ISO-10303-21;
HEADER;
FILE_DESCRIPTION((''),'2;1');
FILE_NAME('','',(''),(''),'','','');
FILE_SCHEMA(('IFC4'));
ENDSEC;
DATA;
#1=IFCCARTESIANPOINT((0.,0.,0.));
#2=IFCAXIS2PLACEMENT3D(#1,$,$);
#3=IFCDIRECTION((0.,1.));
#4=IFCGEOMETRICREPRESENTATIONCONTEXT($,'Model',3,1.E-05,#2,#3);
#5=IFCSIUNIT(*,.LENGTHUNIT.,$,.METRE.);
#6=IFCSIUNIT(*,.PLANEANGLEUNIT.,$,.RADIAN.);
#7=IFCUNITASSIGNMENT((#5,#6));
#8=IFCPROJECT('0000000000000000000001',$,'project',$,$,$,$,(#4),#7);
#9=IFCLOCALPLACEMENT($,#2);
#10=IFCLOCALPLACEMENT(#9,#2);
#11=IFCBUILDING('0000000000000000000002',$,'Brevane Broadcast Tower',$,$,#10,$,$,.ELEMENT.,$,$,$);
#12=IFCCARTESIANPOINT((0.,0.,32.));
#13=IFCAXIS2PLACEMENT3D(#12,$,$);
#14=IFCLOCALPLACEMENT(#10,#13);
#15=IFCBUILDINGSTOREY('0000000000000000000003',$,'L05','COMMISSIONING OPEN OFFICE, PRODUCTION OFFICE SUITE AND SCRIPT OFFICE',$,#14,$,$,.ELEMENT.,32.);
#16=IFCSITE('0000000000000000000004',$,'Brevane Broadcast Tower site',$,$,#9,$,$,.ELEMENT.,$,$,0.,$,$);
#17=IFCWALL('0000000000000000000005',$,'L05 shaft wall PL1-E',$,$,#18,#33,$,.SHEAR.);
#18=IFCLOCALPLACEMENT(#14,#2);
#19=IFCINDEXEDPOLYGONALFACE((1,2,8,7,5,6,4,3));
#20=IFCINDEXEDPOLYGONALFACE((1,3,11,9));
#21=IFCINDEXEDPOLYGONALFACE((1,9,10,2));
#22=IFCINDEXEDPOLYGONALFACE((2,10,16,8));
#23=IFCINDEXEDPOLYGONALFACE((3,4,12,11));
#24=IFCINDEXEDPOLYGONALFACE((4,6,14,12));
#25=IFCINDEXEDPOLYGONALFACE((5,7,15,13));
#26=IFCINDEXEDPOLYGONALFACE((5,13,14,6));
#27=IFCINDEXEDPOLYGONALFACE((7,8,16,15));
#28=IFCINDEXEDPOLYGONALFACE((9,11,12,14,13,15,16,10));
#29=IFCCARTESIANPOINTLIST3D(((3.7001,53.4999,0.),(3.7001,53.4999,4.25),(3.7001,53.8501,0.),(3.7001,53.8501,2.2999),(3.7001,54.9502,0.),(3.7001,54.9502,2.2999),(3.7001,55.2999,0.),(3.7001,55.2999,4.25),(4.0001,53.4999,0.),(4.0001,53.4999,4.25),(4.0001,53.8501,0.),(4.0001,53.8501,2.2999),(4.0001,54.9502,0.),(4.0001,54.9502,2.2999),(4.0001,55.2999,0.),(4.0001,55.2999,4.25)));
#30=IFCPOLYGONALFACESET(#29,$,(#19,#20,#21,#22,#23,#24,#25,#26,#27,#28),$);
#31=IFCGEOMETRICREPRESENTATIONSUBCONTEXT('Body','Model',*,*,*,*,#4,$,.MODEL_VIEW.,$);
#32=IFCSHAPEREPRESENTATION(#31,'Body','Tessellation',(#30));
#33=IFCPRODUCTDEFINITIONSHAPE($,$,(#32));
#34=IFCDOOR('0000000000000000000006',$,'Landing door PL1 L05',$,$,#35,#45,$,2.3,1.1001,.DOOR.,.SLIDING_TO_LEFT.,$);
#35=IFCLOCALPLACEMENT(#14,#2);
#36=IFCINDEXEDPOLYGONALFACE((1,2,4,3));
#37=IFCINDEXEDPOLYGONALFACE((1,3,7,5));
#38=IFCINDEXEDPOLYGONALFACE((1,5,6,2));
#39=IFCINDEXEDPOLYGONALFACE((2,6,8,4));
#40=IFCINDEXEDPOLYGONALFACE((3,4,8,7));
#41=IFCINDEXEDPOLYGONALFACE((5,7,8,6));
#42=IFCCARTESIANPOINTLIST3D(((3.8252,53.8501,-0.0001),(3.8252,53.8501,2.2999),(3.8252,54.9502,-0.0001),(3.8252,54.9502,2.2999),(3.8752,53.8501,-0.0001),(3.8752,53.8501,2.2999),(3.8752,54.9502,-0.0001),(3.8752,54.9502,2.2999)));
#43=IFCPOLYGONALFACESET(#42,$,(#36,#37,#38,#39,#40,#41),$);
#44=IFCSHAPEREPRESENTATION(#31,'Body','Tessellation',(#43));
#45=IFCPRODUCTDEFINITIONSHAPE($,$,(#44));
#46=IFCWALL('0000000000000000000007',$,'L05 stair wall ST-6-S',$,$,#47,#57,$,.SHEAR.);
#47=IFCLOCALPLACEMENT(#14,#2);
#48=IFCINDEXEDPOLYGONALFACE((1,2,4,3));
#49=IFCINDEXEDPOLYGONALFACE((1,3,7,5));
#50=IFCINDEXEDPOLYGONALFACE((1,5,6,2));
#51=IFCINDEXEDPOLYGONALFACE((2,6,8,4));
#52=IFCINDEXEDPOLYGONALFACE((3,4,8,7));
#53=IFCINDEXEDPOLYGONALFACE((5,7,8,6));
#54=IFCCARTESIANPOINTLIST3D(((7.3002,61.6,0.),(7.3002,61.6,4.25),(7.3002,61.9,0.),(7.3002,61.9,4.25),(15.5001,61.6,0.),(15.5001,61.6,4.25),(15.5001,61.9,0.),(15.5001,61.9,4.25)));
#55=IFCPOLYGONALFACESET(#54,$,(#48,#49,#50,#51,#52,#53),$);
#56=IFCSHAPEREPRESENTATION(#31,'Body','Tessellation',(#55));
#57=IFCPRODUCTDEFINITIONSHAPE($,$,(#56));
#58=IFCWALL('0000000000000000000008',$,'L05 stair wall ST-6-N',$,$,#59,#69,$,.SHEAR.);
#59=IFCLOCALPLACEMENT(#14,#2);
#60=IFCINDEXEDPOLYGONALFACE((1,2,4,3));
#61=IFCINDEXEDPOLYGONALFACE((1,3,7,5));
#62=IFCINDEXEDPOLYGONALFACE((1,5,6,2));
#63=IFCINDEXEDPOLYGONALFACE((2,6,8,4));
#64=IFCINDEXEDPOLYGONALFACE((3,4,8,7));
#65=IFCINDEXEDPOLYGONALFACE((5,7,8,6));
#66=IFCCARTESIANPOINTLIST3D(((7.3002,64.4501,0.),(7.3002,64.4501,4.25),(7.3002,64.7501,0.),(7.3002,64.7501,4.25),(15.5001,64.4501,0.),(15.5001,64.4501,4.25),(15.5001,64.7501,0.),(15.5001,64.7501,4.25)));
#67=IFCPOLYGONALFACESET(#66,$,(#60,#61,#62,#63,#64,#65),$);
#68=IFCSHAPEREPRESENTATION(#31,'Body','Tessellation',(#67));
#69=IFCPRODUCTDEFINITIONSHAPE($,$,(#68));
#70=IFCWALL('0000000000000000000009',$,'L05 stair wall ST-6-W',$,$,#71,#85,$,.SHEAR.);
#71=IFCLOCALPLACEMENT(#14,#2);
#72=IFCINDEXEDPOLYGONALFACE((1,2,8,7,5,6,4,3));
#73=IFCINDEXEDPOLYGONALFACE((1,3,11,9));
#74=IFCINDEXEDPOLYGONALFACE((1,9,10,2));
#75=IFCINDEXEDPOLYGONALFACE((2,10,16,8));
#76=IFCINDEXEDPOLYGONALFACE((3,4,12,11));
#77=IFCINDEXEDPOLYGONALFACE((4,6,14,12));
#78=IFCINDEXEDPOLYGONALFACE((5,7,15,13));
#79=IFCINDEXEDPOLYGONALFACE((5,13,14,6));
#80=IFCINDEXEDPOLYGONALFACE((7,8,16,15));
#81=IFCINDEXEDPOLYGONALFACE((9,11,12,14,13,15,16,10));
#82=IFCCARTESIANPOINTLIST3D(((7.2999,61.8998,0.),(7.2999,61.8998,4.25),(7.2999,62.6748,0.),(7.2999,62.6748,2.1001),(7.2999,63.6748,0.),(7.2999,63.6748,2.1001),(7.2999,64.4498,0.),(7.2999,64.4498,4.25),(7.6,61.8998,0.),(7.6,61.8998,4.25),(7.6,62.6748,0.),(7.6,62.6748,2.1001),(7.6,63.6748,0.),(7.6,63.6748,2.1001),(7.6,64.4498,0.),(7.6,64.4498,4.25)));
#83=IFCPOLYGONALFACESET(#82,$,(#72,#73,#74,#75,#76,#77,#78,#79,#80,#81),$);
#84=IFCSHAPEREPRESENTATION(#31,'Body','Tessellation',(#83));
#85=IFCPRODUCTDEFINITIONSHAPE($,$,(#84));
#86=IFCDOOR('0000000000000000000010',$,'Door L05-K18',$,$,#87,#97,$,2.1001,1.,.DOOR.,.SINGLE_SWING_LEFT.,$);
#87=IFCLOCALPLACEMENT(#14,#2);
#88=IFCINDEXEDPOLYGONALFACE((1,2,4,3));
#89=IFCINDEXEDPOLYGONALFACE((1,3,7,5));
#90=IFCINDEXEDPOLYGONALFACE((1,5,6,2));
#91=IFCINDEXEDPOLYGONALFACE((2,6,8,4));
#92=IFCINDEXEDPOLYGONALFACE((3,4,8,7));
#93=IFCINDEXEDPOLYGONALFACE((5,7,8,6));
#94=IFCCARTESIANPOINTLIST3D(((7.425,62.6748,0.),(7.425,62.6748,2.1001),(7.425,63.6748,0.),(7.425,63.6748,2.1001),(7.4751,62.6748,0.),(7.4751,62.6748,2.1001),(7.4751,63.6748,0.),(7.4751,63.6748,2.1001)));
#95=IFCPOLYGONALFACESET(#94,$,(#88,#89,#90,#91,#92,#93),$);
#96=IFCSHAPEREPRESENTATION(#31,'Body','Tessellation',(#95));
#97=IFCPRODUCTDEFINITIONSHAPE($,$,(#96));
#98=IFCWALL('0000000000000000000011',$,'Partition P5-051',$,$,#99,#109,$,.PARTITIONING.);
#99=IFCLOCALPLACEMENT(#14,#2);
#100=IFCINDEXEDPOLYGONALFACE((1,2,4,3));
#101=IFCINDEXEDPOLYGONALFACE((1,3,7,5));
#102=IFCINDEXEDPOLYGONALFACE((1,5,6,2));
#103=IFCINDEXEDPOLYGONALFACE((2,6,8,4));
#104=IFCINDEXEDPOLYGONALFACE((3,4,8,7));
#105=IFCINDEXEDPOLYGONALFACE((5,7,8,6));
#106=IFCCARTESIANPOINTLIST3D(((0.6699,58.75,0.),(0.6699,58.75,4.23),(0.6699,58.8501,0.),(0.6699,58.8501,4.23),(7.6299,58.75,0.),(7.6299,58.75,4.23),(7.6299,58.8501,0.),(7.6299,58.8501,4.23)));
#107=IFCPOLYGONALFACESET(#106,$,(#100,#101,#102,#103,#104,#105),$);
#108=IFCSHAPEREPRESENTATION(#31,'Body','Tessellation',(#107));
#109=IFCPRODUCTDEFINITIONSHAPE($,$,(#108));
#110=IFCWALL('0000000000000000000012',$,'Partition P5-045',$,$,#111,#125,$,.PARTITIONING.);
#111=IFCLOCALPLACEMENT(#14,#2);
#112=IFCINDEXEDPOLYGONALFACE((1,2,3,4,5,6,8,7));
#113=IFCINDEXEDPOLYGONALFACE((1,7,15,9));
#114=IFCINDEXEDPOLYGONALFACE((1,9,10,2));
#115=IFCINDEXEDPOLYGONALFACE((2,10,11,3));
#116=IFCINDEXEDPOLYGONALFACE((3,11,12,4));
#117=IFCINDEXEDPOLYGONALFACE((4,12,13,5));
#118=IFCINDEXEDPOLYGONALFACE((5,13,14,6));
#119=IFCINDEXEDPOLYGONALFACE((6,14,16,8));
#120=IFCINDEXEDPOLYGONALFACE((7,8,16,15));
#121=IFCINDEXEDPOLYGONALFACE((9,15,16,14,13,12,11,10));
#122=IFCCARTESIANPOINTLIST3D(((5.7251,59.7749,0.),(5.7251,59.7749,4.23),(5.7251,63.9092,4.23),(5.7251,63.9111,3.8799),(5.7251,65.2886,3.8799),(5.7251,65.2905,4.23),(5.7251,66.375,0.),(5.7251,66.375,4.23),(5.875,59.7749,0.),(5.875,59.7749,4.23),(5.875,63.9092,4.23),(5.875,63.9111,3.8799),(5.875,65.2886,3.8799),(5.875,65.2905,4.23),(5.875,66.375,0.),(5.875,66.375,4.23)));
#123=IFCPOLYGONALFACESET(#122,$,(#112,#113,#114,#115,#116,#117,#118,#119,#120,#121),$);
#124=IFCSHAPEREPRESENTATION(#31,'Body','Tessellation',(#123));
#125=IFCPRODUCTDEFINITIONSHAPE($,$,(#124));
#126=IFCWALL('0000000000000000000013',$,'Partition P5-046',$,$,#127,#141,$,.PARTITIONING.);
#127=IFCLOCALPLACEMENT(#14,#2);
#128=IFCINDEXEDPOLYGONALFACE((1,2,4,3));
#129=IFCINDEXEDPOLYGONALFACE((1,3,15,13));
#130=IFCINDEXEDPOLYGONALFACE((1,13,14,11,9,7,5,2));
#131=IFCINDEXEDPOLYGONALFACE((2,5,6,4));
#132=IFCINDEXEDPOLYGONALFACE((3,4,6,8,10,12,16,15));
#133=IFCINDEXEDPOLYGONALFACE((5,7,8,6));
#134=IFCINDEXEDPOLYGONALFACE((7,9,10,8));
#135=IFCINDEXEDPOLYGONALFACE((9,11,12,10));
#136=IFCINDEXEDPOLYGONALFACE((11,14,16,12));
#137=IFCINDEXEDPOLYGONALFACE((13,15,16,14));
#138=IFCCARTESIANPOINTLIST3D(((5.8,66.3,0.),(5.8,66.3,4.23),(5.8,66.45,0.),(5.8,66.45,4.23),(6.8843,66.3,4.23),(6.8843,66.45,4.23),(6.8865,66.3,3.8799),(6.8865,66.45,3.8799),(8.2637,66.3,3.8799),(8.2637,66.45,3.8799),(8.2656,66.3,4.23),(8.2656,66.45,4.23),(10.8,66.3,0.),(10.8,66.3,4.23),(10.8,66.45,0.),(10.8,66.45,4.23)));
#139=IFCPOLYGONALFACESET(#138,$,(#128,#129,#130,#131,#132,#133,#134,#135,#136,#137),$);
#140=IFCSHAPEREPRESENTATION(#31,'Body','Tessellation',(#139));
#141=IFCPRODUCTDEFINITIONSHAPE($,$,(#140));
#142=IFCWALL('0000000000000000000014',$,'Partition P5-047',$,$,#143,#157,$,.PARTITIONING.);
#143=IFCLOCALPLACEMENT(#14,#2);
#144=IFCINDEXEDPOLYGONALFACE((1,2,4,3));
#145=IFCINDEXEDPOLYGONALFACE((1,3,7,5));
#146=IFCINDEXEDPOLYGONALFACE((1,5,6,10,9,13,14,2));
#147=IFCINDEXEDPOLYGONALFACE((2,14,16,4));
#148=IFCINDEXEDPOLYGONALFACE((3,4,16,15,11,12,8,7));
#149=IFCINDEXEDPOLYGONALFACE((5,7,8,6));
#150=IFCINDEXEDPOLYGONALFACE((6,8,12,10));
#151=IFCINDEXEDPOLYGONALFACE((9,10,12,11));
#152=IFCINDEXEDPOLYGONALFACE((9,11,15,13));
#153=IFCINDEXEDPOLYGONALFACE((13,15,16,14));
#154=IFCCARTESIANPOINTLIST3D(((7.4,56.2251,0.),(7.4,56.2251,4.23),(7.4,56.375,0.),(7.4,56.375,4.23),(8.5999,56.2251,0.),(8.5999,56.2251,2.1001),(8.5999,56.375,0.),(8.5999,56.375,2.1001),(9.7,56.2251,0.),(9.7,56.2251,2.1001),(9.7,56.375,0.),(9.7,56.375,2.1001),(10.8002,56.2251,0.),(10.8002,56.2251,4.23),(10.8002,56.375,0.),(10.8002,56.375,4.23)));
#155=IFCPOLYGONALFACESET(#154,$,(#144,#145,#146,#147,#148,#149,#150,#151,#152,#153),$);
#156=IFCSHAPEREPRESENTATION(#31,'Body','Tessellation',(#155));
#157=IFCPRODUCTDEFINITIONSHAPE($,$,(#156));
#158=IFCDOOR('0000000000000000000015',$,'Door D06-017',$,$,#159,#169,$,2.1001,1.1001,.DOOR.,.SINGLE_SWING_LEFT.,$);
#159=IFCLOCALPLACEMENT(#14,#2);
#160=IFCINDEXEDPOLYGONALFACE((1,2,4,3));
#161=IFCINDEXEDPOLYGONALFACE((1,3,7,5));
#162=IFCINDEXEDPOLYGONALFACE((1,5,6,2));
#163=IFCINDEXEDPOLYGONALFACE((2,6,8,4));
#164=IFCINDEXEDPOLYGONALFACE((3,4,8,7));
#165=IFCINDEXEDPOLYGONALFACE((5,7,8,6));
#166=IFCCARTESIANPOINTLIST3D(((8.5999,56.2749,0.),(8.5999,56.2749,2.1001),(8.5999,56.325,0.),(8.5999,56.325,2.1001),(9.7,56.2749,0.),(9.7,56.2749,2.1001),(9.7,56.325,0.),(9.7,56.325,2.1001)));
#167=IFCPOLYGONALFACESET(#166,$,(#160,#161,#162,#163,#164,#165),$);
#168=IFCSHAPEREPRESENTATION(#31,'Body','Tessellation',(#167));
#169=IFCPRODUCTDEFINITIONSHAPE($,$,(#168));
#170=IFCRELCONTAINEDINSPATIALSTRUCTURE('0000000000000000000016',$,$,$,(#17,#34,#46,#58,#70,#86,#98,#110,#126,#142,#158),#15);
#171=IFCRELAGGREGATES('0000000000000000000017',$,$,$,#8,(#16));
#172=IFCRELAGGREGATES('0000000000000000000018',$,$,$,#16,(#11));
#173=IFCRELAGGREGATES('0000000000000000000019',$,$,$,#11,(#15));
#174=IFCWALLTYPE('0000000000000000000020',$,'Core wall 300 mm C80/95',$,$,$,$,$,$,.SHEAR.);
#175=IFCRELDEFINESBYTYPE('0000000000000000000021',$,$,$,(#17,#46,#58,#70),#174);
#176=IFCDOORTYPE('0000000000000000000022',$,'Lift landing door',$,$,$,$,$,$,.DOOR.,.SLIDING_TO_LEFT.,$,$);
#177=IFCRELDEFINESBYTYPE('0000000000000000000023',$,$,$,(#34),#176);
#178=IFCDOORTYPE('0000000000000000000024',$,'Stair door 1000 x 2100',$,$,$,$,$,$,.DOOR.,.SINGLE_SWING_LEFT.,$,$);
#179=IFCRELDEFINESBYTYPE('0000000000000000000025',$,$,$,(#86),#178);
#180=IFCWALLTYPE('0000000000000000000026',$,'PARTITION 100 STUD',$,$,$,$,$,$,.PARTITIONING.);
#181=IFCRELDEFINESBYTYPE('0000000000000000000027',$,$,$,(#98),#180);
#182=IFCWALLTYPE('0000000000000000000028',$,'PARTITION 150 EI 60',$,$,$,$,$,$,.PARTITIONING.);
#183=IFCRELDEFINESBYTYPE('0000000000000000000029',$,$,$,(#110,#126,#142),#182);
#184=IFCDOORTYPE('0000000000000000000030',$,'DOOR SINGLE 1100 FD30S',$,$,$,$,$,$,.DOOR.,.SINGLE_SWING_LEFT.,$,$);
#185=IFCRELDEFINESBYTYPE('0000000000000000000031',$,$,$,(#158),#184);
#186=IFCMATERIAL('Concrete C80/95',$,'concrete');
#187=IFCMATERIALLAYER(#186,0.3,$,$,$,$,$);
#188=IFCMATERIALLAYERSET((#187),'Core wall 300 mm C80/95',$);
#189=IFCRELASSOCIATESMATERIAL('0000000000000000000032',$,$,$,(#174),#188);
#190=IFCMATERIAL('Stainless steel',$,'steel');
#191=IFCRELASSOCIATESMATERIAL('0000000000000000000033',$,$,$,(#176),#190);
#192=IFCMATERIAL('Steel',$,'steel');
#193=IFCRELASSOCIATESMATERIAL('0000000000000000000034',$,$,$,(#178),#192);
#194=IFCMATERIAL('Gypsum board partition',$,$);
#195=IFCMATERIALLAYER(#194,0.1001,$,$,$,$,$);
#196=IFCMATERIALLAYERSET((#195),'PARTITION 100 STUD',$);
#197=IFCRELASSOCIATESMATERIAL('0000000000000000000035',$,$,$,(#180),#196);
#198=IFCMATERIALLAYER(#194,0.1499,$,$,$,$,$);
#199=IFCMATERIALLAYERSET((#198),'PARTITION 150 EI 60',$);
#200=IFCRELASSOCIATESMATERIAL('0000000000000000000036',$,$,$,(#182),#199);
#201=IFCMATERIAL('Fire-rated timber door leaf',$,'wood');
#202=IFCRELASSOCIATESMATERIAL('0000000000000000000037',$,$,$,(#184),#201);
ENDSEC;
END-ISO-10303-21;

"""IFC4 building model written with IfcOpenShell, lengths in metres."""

from ifc_helpers import new_model, si_unit, direction, frame, frame_2d, origin, place, context, subcontext, project, spatial, polyline, rectangle, outline, extrude, material, layer, layer_set, type_object, element, fill, save


model = new_model("IFC4")

# Units and contexts
model_context = context("Model", 3, precision=1e-05, world=origin(), true_north=direction((0.0, 1.0)))
body_context = subcontext(model_context, "Body", "Model", "MODEL_VIEW")
ifc_project = project(units=[si_unit("LENGTHUNIT", "METRE"), si_unit("PLANEANGLEUNIT", "RADIAN")], contexts=[model_context])

# Site, building, storey
site_placement = place(None, origin())
site = spatial("IfcSite", under=ifc_project, at=site_placement, Name="Brevane Broadcast Tower site", CompositionType="ELEMENT", RefElevation=0.0)
building_placement = place(site_placement, origin())
building = spatial("IfcBuilding", under=site, at=building_placement, Name="Brevane Broadcast Tower", CompositionType="ELEMENT")
storey_placement = place(building_placement, frame((0.0, 0.0, 32.0)))
storey = spatial("IfcBuildingStorey", under=building, at=storey_placement, Name="L05", Description="COMMISSIONING OPEN OFFICE, PRODUCTION OFFICE SUITE AND SCRIPT OFFICE", CompositionType="ELEMENT", Elevation=32.0)

# Shared definitions
ifc_material_1 = material(Name="Concrete C80/95", Category="concrete")

# Shared definitions
ifc_layer_1 = layer(ifc_material_1, 0.3)
ifc_layer_set_1 = layer_set([ifc_layer_1], Name="Core wall 300 mm C80/95")
wall_type_1 = type_object("IfcWallType", Name="Core wall 300 mm C80/95", PredefinedType="SHEAR", material=ifc_layer_set_1)

# Wall, opening, door
wall_1_placement = place(storey_placement, frame((3.8501, 53.5, 0.0), z_axis=(0.0, 0.0, 1.0), x_axis=(0.0, 1.0, 0.0)))
wall_1 = element("IfcWall", 1, at=wall_1_placement, inside=storey, type_object=wall_type_1, Name="L05 shaft wall PL1-E", PredefinedType="SHEAR", context=body_context, shape_type="SweptSolid", body=[
    extrude(rectangle(XDim=1.8, YDim=0.3, at=frame_2d((0.8999, 0.0))), origin(), (0.0, 0.0, 1.0), 4.25),
])
opening_1_placement = place(wall_1_placement, frame((0.3501, 0.0, 0.0)))
opening_1 = element("IfcOpeningElement", 2, at=opening_1_placement, cuts=wall_1, PredefinedType="OPENING", context=body_context, shape_type="SweptSolid", body=[
    extrude(rectangle(XDim=1.1001, YDim=2.3, at=frame_2d((0.55, 1.1499))), frame((0.0, 0.1599, 0.0), z_axis=(0.0, -1.0, 0.0), x_axis=(1.0, 0.0, 0.0)), (0.0, 0.0, 1.0), 0.3201),
])
ifc_material_2 = material(Name="Stainless steel", Category="steel")
door_type_1 = type_object("IfcDoorType", Name="Lift landing door", OperationType="SLIDING_TO_LEFT", PredefinedType="DOOR", material=ifc_material_2)
door_1_placement = place(opening_1_placement, origin())
door_1 = element("IfcDoor", 3, at=door_1_placement, inside=storey, type_object=door_type_1, Name="Landing door PL1 L05", OperationType="SLIDING_TO_LEFT", OverallHeight=2.3, OverallWidth=1.1001, PredefinedType="DOOR", context=body_context, shape_type="SweptSolid", body=[
    extrude(rectangle(XDim=1.1001, YDim=2.3, at=frame_2d((0.55, 1.1499))), frame((0.0, 0.0249, 0.0), z_axis=(0.0, -1.0, 0.0), x_axis=(1.0, 0.0, 0.0)), (0.0, 0.0, 1.0), 0.05),
])
fill(opening_1, door_1)

# Walls
for number, where, z_axis, x_axis, name in (
    (4, (7.3, 61.75, 0.0), (0.0, 0.0, 1.0), (1.0, 0.0, 0.0), "L05 stair wall ST-6-S"),
    (5, (7.3, 64.6001, 0.0), (0.0, 0.0, 1.0), (1.0, 0.0, 0.0), "L05 stair wall ST-6-N"),
):
    element("IfcWall", number, at=place(storey_placement, frame(where, z_axis=z_axis, x_axis=x_axis)), inside=storey, type_object=wall_type_1, Name=name, PredefinedType="SHEAR", context=body_context, shape_type="SweptSolid", body=[
        extrude(rectangle(XDim=8.2, YDim=0.3, at=frame_2d((4.1001, 0.0))), origin(), (0.0, 0.0, 1.0), 4.25),
    ])

# Wall, opening, door
wall_2_placement = place(storey_placement, frame((7.45, 61.8999, 0.0), z_axis=(0.0, 0.0, 1.0), x_axis=(0.0, 1.0, 0.0)))
wall_2 = element("IfcWall", 6, at=wall_2_placement, inside=storey, type_object=wall_type_1, Name="L05 stair wall ST-6-W", PredefinedType="SHEAR", context=body_context, shape_type="SweptSolid", body=[
    extrude(rectangle(XDim=2.55, YDim=0.3, at=frame_2d((1.2749, 0.0))), origin(), (0.0, 0.0, 1.0), 4.25),
])
opening_2_placement = place(wall_2_placement, frame((0.7749, 0.0, 0.0)))
opening_2 = element("IfcOpeningElement", 7, at=opening_2_placement, cuts=wall_2, PredefinedType="OPENING", context=body_context, shape_type="SweptSolid", body=[
    extrude(rectangle(XDim=1.0, YDim=2.1001, at=frame_2d((0.5, 1.05))), frame((0.0, 0.1599, 0.0), z_axis=(0.0, -1.0, 0.0), x_axis=(1.0, 0.0, 0.0)), (0.0, 0.0, 1.0), 0.3201),
])
ifc_material_3 = material(Name="Steel", Category="steel")
door_type_2 = type_object("IfcDoorType", Name="Stair door 1000 x 2100", OperationType="SINGLE_SWING_LEFT", PredefinedType="DOOR", material=ifc_material_3)
door_2_placement = place(opening_2_placement, origin())
door_2 = element("IfcDoor", 8, at=door_2_placement, inside=storey, type_object=door_type_2, Name="Door L05-K18", OperationType="SINGLE_SWING_LEFT", OverallHeight=2.1001, OverallWidth=1.0, PredefinedType="DOOR", context=body_context, shape_type="SweptSolid", body=[
    extrude(rectangle(XDim=1.0, YDim=2.1001, at=frame_2d((0.5, 1.05))), frame((0.0, 0.0249, 0.0), z_axis=(0.0, -1.0, 0.0), x_axis=(1.0, 0.0, 0.0)), (0.0, 0.0, 1.0), 0.05),
])
fill(opening_2, door_2)

# Walls
ifc_material_4 = material(Name="Gypsum board partition")
ifc_layer_2 = layer(ifc_material_4, 0.1001)
ifc_layer_set_2 = layer_set([ifc_layer_2], Name="PARTITION 100 STUD")
wall_type_2 = type_object("IfcWallType", Name="PARTITION 100 STUD", PredefinedType="PARTITIONING", material=ifc_layer_set_2)
wall_3_placement = place(storey_placement, frame((0.6699, 58.8, 0.0), z_axis=(0.0, 0.0, 1.0), x_axis=(1.0, 0.0, 0.0)))
element("IfcWall", 9, at=wall_3_placement, inside=storey, type_object=wall_type_2, Name="Partition P5-051", PredefinedType="PARTITIONING", context=body_context, shape_type="SweptSolid", body=[
    extrude(rectangle(XDim=6.96, YDim=0.1001, at=frame_2d((3.48, 0.0))), origin(), (0.0, 0.0, 1.0), 4.23),
])
ifc_layer_3 = layer(ifc_material_4, 0.1499)
ifc_layer_set_3 = layer_set([ifc_layer_3], Name="PARTITION 150 EI 60")
wall_type_3 = type_object("IfcWallType", Name="PARTITION 150 EI 60", PredefinedType="PARTITIONING", material=ifc_layer_set_3)
wall_4_placement = place(storey_placement, frame((5.8, 59.7749, 0.0), z_axis=(0.0, 0.0, 1.0), x_axis=(0.0, 1.0, 0.0)))
element("IfcWall", 10, at=wall_4_placement, inside=storey, type_object=wall_type_3, Name="Partition P5-045", PredefinedType="PARTITIONING", context=body_context, shape_type="SweptSolid", body=[
    extrude(outline(polyline([(0.0, 0.0), (6.6001, 0.0), (6.6001, 4.23), (5.5156, 4.23), (5.5137, 3.8799), (4.1362, 3.8799), (4.1343, 4.23), (0.0, 4.23), (0.0, 0.0)])), frame((0.0, 0.075, 0.0), z_axis=(0.0, -1.0, 0.0), x_axis=(1.0, 0.0, 0.0)), (0.0, 0.0, 1.0), 0.1499),
])
wall_5_placement = place(storey_placement, frame((5.8, 66.375, 0.0), z_axis=(0.0, 0.0, 1.0), x_axis=(1.0, 0.0, 0.0)))
element("IfcWall", 11, at=wall_5_placement, inside=storey, type_object=wall_type_3, Name="Partition P5-046", PredefinedType="PARTITIONING", context=body_context, shape_type="SweptSolid", body=[
    extrude(outline(polyline([(0.0, 0.0), (5.0, 0.0), (5.0, 4.23), (2.4656, 4.23), (2.4636, 3.8799), (1.0864, 3.8799), (1.0842, 4.23), (0.0, 4.23), (0.0, 0.0)])), frame((0.0, 0.075, 0.0), z_axis=(0.0, -1.0, 0.0), x_axis=(1.0, 0.0, 0.0)), (0.0, 0.0, 1.0), 0.1499),
])

# Wall, opening, door
wall_6_placement = place(storey_placement, frame((7.3999, 56.3, 0.0), z_axis=(0.0, 0.0, 1.0), x_axis=(1.0, 0.0, 0.0)))
wall_6 = element("IfcWall", 12, at=wall_6_placement, inside=storey, type_object=wall_type_3, Name="Partition P5-047", PredefinedType="PARTITIONING", context=body_context, shape_type="SweptSolid", body=[
    extrude(rectangle(XDim=3.4001, YDim=0.1499, at=frame_2d((1.7002, 0.0))), origin(), (0.0, 0.0, 1.0), 4.23),
])
opening_3_placement = place(wall_6_placement, frame((1.2, 0.0, 0.0)))
opening_3 = element("IfcOpeningElement", 13, at=opening_3_placement, cuts=wall_6, PredefinedType="OPENING", context=body_context, shape_type="SweptSolid", body=[
    extrude(rectangle(XDim=1.1001, YDim=2.1001, at=frame_2d((0.55, 1.05))), frame((0.0, 0.085, 0.0), z_axis=(0.0, -1.0, 0.0), x_axis=(1.0, 0.0, 0.0)), (0.0, 0.0, 1.0), 0.1699),
])
ifc_material_5 = material(Name="Fire-rated timber door leaf", Category="wood")
door_type_3 = type_object("IfcDoorType", Name="DOOR SINGLE 1100 FD30S", OperationType="SINGLE_SWING_LEFT", PredefinedType="DOOR", material=ifc_material_5)
door_3_placement = place(opening_3_placement, origin())
door_3 = element("IfcDoor", 14, at=door_3_placement, inside=storey, type_object=door_type_3, Name="Door D06-017", OperationType="SINGLE_SWING_LEFT", OverallHeight=2.1001, OverallWidth=1.1001, PredefinedType="DOOR", context=body_context, shape_type="SweptSolid", body=[
    extrude(rectangle(XDim=1.1001, YDim=2.1001, at=frame_2d((0.55, 1.05))), frame((0.0, 0.0249, 0.0), z_axis=(0.0, -1.0, 0.0), x_axis=(1.0, 0.0, 0.0)), (0.0, 0.0, 1.0), 0.05),
])
fill(opening_3, door_3)

save(model, "model.ifc")
